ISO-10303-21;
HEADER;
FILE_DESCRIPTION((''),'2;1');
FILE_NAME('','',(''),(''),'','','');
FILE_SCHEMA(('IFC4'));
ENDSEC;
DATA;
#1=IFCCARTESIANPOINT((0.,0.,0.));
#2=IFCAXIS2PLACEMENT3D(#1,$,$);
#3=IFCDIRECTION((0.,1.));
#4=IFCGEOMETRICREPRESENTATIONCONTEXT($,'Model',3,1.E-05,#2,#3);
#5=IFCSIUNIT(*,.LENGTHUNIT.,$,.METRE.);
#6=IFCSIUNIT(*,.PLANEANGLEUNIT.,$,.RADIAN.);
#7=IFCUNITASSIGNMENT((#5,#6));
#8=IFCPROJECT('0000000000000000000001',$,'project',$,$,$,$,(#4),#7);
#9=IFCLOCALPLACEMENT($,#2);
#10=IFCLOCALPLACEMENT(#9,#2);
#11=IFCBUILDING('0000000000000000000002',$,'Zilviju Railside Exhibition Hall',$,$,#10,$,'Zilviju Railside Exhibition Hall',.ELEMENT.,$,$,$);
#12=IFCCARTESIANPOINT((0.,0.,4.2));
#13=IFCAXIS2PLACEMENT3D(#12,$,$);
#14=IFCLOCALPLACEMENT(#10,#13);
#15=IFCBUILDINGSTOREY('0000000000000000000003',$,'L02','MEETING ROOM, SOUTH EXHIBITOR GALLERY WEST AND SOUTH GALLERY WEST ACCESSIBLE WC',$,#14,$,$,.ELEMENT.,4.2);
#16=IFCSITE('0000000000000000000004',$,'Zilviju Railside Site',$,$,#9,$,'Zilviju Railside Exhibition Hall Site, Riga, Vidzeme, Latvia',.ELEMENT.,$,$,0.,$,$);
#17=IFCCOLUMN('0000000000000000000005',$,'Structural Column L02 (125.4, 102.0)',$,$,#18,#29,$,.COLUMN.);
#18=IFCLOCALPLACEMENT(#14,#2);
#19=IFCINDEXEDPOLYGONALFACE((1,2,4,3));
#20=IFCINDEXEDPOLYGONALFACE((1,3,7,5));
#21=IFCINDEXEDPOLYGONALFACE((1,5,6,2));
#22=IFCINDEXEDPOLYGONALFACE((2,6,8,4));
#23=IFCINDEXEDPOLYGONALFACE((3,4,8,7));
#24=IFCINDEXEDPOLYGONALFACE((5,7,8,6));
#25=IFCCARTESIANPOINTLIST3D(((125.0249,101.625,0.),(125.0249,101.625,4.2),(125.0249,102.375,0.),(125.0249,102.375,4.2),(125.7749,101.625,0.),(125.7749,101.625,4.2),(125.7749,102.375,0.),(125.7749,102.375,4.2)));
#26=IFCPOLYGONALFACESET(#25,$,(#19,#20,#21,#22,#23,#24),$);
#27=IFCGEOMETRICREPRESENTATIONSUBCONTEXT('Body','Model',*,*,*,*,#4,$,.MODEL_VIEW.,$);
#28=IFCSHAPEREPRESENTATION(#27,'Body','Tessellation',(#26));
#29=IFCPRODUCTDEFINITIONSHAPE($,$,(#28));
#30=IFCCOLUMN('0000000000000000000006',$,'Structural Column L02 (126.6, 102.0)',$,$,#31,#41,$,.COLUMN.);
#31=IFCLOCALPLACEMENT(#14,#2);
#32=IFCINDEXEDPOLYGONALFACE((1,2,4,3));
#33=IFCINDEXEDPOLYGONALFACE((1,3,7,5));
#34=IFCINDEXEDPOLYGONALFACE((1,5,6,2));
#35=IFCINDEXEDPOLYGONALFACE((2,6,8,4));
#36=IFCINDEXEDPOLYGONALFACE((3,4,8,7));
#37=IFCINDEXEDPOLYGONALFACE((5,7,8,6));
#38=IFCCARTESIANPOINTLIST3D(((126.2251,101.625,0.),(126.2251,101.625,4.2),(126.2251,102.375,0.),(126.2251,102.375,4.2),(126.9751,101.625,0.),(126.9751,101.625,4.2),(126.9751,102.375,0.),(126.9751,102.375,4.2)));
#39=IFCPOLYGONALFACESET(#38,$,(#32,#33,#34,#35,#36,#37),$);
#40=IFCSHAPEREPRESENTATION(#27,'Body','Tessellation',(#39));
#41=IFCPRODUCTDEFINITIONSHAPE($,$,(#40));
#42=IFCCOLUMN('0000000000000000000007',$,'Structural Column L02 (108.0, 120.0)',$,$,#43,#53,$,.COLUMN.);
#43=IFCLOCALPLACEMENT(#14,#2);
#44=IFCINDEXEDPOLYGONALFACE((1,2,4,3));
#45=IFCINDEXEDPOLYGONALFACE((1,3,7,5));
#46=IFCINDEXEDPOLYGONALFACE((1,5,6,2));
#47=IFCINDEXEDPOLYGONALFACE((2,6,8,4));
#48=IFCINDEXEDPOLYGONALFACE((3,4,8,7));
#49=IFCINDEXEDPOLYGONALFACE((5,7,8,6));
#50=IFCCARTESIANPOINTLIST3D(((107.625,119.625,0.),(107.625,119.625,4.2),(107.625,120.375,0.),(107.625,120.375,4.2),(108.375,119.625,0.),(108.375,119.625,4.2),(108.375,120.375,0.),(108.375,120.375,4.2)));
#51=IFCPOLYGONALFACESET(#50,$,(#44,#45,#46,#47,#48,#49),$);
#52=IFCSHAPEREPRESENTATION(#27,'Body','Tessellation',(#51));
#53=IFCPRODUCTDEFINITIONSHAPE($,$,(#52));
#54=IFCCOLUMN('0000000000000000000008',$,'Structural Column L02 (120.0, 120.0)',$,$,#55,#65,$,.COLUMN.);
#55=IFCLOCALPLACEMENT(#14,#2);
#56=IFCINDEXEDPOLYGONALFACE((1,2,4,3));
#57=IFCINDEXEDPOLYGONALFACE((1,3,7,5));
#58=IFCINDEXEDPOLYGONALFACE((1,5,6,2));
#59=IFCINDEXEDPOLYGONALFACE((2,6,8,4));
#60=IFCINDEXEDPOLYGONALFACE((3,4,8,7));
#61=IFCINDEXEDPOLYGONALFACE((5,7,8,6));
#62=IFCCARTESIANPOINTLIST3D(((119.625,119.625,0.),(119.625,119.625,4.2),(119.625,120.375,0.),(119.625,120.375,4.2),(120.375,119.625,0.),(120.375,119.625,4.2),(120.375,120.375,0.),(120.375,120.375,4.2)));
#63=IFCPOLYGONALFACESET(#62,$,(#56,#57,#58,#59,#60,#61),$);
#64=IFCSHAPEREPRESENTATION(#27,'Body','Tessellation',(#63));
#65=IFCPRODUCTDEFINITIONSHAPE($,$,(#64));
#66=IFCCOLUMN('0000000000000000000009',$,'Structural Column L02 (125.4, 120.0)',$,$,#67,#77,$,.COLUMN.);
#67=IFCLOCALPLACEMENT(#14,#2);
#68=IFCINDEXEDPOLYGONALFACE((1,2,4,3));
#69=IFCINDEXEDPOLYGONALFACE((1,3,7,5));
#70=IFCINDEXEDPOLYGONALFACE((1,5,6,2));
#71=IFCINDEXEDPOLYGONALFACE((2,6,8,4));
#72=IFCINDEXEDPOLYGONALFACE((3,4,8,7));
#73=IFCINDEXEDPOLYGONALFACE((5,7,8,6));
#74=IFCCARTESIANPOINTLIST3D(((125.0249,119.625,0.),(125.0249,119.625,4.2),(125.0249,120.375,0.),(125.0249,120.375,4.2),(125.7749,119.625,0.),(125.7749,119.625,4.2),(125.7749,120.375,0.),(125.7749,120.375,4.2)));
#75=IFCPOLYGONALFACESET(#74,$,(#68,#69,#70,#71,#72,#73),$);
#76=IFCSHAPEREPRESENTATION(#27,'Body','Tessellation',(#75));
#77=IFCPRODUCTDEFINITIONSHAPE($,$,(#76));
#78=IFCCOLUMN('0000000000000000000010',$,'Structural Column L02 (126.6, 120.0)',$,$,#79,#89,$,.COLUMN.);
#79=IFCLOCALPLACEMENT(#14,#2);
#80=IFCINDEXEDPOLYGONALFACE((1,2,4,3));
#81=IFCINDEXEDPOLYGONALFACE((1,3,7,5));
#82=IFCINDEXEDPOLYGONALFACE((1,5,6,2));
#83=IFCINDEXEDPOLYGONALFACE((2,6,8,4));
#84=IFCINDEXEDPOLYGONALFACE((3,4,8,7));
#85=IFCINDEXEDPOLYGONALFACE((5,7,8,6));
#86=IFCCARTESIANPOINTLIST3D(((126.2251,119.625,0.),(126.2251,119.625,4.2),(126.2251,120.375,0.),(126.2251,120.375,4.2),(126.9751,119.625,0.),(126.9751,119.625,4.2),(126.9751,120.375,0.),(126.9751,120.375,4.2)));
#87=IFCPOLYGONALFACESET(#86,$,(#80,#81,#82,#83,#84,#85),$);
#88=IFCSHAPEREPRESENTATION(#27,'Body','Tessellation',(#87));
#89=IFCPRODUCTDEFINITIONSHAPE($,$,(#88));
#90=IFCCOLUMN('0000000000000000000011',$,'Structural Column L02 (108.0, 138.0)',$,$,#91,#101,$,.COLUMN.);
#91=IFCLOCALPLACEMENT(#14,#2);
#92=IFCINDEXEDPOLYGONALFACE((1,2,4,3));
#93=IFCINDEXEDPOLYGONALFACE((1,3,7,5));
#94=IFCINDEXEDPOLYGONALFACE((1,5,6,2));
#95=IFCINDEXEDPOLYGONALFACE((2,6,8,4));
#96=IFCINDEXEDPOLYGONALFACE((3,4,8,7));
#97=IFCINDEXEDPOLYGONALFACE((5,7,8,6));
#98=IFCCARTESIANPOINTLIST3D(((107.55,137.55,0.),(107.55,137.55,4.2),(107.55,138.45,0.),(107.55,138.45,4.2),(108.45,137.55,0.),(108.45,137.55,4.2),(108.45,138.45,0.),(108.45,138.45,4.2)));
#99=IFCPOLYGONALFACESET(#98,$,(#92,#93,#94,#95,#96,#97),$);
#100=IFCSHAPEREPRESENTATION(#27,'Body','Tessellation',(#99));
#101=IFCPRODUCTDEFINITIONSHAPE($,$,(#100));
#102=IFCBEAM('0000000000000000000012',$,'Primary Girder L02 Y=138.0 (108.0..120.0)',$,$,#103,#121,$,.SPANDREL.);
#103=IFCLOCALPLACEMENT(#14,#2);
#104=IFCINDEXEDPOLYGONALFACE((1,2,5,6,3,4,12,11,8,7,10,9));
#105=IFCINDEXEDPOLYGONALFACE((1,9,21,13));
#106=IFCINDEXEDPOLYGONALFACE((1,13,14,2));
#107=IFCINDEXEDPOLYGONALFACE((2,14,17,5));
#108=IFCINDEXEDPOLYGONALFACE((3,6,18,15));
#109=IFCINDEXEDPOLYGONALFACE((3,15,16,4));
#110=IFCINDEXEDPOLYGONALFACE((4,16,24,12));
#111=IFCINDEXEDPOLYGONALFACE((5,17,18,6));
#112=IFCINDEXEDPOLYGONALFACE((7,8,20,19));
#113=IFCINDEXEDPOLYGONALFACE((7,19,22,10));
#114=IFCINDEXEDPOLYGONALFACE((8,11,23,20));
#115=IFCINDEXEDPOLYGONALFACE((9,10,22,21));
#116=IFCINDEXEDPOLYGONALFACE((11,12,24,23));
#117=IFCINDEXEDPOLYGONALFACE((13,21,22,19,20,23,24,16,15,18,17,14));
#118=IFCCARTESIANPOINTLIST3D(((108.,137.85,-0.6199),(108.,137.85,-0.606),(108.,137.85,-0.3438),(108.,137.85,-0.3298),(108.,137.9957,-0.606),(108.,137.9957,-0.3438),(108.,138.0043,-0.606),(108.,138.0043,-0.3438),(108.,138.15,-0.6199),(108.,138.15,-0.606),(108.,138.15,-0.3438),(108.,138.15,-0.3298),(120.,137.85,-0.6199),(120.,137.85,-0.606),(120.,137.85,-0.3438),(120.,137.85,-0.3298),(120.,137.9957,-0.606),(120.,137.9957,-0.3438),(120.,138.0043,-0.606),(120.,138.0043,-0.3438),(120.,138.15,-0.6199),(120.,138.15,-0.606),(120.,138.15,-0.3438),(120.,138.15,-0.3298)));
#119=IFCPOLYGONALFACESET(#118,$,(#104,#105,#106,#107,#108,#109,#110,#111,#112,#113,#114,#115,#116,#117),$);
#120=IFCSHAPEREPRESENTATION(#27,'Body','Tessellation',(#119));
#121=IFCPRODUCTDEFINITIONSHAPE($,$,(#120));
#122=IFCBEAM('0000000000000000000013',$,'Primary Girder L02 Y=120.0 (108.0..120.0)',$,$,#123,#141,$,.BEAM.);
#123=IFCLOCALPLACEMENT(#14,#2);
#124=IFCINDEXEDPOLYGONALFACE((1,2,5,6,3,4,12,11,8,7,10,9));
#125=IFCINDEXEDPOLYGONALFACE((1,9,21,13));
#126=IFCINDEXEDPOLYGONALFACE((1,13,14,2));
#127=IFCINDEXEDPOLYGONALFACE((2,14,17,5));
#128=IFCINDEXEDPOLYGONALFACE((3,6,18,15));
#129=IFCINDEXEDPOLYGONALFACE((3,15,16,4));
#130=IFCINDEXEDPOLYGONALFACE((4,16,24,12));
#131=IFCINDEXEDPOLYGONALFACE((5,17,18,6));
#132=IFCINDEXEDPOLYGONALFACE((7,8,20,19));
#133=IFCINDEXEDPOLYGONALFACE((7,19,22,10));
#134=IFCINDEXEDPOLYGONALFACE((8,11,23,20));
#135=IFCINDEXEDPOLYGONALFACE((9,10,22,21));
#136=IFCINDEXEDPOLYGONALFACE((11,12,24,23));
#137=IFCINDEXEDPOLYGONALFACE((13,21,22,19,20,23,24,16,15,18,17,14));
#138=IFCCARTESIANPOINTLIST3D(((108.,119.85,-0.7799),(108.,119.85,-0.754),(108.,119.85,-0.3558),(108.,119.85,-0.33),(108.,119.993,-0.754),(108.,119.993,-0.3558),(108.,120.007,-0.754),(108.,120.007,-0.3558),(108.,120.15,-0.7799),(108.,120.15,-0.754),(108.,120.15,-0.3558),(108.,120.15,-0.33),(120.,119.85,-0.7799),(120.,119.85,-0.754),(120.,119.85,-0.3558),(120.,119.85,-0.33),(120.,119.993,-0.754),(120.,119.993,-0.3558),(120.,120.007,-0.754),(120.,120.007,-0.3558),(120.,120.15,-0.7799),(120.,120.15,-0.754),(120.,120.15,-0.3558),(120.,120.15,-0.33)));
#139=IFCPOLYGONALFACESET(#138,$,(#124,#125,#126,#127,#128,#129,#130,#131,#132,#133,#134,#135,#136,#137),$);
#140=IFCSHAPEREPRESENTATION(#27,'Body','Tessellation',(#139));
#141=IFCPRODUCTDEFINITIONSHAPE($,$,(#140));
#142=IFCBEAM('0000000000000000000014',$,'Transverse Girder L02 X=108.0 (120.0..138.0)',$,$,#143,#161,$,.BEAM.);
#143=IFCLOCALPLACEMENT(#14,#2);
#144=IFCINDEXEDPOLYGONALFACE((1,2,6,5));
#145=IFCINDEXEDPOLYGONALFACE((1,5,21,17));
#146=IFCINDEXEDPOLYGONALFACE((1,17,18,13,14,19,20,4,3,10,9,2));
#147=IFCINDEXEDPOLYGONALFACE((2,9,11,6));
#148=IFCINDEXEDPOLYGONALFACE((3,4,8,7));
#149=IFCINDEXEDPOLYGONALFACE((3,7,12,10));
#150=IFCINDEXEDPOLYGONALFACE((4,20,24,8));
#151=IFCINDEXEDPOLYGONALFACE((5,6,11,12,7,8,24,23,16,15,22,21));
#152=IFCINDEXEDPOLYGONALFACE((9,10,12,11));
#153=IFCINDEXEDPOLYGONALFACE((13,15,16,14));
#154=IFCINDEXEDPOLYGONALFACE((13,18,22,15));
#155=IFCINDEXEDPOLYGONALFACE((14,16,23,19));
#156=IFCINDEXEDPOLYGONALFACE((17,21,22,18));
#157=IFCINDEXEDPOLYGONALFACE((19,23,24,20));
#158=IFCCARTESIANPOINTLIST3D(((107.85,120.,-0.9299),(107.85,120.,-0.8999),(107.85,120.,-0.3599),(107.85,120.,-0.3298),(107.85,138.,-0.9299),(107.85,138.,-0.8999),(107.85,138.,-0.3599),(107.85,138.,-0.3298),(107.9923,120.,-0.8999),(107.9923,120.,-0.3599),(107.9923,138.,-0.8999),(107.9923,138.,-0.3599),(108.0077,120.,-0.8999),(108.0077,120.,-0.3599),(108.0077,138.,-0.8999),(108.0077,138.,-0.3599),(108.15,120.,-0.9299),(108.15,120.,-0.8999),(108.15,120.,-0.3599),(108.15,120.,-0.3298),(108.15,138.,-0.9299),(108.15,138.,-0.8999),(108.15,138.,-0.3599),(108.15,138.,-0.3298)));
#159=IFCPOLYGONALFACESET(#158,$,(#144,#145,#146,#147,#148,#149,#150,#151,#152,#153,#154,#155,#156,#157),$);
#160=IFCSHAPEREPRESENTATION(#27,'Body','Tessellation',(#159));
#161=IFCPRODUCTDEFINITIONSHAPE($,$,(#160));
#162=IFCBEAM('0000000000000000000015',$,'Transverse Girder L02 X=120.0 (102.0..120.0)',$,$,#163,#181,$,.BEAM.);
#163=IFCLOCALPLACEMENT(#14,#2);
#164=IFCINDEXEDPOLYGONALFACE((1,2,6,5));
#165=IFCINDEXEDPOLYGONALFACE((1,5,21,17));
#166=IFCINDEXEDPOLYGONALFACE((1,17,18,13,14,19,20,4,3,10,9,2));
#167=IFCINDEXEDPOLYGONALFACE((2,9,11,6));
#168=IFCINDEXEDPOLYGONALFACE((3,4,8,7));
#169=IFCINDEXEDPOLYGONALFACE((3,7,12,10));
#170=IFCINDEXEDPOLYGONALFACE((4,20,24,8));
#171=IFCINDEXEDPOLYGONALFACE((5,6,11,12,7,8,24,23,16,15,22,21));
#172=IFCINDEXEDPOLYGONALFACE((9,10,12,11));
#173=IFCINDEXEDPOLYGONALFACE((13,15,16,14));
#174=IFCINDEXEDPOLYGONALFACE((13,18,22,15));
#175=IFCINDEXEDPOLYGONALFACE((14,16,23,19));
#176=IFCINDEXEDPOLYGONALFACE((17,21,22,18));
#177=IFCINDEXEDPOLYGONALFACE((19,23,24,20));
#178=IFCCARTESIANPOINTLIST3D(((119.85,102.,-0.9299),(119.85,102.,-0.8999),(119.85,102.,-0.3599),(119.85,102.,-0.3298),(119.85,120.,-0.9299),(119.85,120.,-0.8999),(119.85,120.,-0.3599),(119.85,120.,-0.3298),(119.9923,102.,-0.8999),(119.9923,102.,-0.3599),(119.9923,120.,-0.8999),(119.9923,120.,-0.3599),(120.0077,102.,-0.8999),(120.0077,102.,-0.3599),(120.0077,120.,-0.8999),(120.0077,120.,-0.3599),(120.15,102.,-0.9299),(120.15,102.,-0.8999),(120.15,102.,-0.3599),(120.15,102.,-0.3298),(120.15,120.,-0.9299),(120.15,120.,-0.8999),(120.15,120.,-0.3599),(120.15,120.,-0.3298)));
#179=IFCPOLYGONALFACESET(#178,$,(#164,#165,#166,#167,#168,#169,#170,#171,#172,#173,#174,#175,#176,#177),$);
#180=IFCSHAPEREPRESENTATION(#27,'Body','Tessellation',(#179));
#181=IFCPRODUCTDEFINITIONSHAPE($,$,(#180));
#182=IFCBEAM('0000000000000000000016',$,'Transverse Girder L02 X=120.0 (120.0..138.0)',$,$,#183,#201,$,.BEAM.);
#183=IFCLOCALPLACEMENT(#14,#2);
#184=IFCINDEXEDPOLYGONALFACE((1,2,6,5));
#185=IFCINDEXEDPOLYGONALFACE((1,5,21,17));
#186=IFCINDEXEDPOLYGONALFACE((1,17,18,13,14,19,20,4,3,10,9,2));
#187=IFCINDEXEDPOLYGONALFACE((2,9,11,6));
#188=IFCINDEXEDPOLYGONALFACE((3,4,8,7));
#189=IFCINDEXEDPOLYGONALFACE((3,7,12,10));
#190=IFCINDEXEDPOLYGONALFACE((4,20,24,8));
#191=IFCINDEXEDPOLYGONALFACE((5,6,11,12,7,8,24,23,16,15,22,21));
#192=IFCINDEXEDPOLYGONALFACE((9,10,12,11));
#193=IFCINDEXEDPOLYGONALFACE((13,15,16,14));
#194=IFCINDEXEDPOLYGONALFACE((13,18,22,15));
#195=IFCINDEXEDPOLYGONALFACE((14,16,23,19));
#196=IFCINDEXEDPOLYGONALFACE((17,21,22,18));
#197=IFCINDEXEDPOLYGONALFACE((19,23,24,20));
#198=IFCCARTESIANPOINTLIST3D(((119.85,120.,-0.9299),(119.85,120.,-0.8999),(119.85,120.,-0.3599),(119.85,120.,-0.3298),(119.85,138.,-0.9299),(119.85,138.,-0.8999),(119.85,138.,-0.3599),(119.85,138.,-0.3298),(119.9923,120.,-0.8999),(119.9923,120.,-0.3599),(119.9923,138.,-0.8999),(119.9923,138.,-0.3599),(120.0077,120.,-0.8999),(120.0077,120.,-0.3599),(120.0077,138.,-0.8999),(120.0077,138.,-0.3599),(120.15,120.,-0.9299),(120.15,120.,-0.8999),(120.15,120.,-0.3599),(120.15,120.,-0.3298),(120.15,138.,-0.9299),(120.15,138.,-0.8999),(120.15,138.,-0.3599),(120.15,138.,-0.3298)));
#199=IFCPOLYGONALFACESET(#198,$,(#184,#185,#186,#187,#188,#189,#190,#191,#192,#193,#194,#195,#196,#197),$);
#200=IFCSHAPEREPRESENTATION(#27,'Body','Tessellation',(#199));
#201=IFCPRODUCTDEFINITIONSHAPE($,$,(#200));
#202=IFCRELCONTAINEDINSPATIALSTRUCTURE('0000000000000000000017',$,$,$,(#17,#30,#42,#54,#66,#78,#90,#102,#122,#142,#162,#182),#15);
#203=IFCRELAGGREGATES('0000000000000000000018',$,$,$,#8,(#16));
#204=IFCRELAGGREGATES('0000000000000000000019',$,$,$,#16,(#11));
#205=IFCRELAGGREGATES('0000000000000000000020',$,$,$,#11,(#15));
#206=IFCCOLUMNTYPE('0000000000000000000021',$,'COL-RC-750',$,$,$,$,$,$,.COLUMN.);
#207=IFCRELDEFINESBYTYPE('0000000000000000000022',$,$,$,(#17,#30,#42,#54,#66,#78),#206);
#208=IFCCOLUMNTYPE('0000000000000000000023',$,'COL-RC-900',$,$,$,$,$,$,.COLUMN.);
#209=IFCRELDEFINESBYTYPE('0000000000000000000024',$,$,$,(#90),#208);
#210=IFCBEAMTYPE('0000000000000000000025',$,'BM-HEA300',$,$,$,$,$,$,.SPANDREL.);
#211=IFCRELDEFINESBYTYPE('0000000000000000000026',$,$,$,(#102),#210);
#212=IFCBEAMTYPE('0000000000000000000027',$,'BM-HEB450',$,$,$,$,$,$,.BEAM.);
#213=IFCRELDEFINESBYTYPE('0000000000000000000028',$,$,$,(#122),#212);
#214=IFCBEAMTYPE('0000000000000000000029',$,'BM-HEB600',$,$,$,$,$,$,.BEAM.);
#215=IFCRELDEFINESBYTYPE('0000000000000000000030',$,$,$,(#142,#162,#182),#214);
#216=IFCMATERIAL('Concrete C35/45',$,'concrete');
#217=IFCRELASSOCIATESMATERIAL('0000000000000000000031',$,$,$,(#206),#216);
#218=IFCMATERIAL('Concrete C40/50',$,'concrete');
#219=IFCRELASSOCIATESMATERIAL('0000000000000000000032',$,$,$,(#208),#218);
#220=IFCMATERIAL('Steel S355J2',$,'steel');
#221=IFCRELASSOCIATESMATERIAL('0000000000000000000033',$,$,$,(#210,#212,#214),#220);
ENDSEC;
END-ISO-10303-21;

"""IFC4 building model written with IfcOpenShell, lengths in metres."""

from ifc_helpers import new_model, si_unit, direction, frame, origin, origin_2d, place, context, subcontext, project, spatial, rectangle, i_section, extrude, material, material_profile, profile_set, type_object, element, save


model = new_model("IFC4")

# Units and contexts
model_context = context("Model", 3, precision=1e-05, world=origin(), true_north=direction((0.0, 1.0)))
body_context = subcontext(model_context, "Body", "Model", "MODEL_VIEW")
ifc_project = project(units=[si_unit("LENGTHUNIT", "METRE"), si_unit("PLANEANGLEUNIT", "RADIAN")], contexts=[model_context])

# Site, building, storey
site_placement = place(None, origin())
site = spatial("IfcSite", under=ifc_project, at=site_placement, Name="Zilviju Railside Site", LongName="Zilviju Railside Exhibition Hall Site, Riga, Vidzeme, Latvia", CompositionType="ELEMENT", RefElevation=0.0)
building_placement = place(site_placement, origin())
building = spatial("IfcBuilding", under=site, at=building_placement, Name="Zilviju Railside Exhibition Hall", LongName="Zilviju Railside Exhibition Hall", CompositionType="ELEMENT")
storey_placement = place(building_placement, frame((0.0, 0.0, 4.2)))
storey = spatial("IfcBuildingStorey", under=building, at=storey_placement, Name="L02", Description="MEETING ROOM, SOUTH EXHIBITOR GALLERY WEST AND SOUTH GALLERY WEST ACCESSIBLE WC", CompositionType="ELEMENT", Elevation=4.2)

# Columns
ifc_material_1 = material(Name="Concrete C35/45", Category="concrete")
ifc_material_profile_1 = material_profile(ifc_material_1, rectangle(XDim=0.75, YDim=0.75, at=origin_2d()), Name="RC COL 750x750")
ifc_profile_set_1 = profile_set([ifc_material_profile_1], Name="Concrete C35/45")
column_type_1 = type_object("IfcColumnType", Name="COL-RC-750", PredefinedType="COLUMN", material=ifc_profile_set_1)
for number, where, z_axis, x_axis, name in (
    (1, (125.3999, 102.0, 0.0), (0.0, 0.0, 1.0), (1.0, 0.0, 0.0), "Structural Column L02 (125.4, 102.0)"),
    (2, (126.6001, 102.0, 0.0), (0.0, 0.0, 1.0), (1.0, 0.0, 0.0), "Structural Column L02 (126.6, 102.0)"),
    (3, (108.0, 120.0, 0.0), (0.0, 0.0, 1.0), (1.0, 0.0, 0.0), "Structural Column L02 (108.0, 120.0)"),
    (4, (120.0, 120.0, 0.0), (0.0, 0.0, 1.0), (1.0, 0.0, 0.0), "Structural Column L02 (120.0, 120.0)"),
    (5, (125.3999, 120.0, 0.0), (0.0, 0.0, 1.0), (1.0, 0.0, 0.0), "Structural Column L02 (125.4, 120.0)"),
    (6, (126.6001, 120.0, 0.0), (0.0, 0.0, 1.0), (1.0, 0.0, 0.0), "Structural Column L02 (126.6, 120.0)"),
):
    element("IfcColumn", number, at=place(storey_placement, frame(where, z_axis=z_axis, x_axis=x_axis)), inside=storey, type_object=column_type_1, Name=name, PredefinedType="COLUMN", context=body_context, shape_type="SweptSolid", body=[
        extrude(rectangle(XDim=0.75, YDim=0.75, at=origin_2d()), origin(), (0.0, 0.0, 1.0), 4.2),
    ])
ifc_material_2 = material(Name="Concrete C40/50", Category="concrete")
ifc_material_profile_2 = material_profile(ifc_material_2, rectangle(XDim=0.8999, YDim=0.8999, at=origin_2d()), Name="RC COL 900x900")
ifc_profile_set_2 = profile_set([ifc_material_profile_2], Name="Concrete C40/50")
column_type_2 = type_object("IfcColumnType", Name="COL-RC-900", PredefinedType="COLUMN", material=ifc_profile_set_2)
column_placement = place(storey_placement, frame((108.0, 138.0, 0.0), z_axis=(0.0, 0.0, 1.0), x_axis=(1.0, 0.0, 0.0)))
element("IfcColumn", 7, at=column_placement, inside=storey, type_object=column_type_2, Name="Structural Column L02 (108.0, 138.0)", PredefinedType="COLUMN", context=body_context, shape_type="SweptSolid", body=[
    extrude(rectangle(XDim=0.8999, YDim=0.8999, at=origin_2d()), origin(), (0.0, 0.0, 1.0), 4.2),
])

# Beams
ifc_material_3 = material(Name="Steel S355J2", Category="steel")
ifc_material_profile_3 = material_profile(ifc_material_3, i_section(OverallWidth=0.3, OverallDepth=0.29, WebThickness=0.0085, FlangeThickness=0.0139, at=origin_2d()), Name="HEA 300")
ifc_profile_set_3 = profile_set([ifc_material_profile_3], Name="Steel S355J2")
beam_type_1 = type_object("IfcBeamType", Name="BM-HEA300", PredefinedType="SPANDREL", material=ifc_profile_set_3)
beam_1_placement = place(storey_placement, frame((108.0, 138.0, -0.4749), z_axis=(1.0, 0.0, 0.0), x_axis=(0.0, 1.0, 0.0)))
element("IfcBeam", 8, at=beam_1_placement, inside=storey, type_object=beam_type_1, Name="Primary Girder L02 Y=138.0 (108.0..120.0)", PredefinedType="SPANDREL", context=body_context, shape_type="SweptSolid", body=[
    extrude(i_section(OverallWidth=0.3, OverallDepth=0.29, WebThickness=0.0085, FlangeThickness=0.0139, at=origin_2d()), origin(), (0.0, 0.0, 1.0), 12.0),
])
ifc_material_profile_4 = material_profile(ifc_material_3, i_section(OverallWidth=0.3, OverallDepth=0.45, WebThickness=0.0139, FlangeThickness=0.0259, at=origin_2d()), Name="HEB 450")
ifc_profile_set_4 = profile_set([ifc_material_profile_4], Name="Steel S355J2")
beam_type_2 = type_object("IfcBeamType", Name="BM-HEB450", PredefinedType="BEAM", material=ifc_profile_set_4)
beam_2_placement = place(storey_placement, frame((108.0, 120.0, -0.5549), z_axis=(1.0, 0.0, 0.0), x_axis=(0.0, 1.0, 0.0)))
element("IfcBeam", 9, at=beam_2_placement, inside=storey, type_object=beam_type_2, Name="Primary Girder L02 Y=120.0 (108.0..120.0)", PredefinedType="BEAM", context=body_context, shape_type="SweptSolid", body=[
    extrude(i_section(OverallWidth=0.3, OverallDepth=0.45, WebThickness=0.0139, FlangeThickness=0.0259, at=origin_2d()), origin(), (0.0, 0.0, 1.0), 12.0),
])
ifc_material_profile_5 = material_profile(ifc_material_3, i_section(OverallWidth=0.3, OverallDepth=0.6001, WebThickness=0.0154, FlangeThickness=0.03, at=origin_2d()), Name="HEB 600")
ifc_profile_set_5 = profile_set([ifc_material_profile_5], Name="Steel S355J2")
beam_type_3 = type_object("IfcBeamType", Name="BM-HEB600", PredefinedType="BEAM", material=ifc_profile_set_5)
for number, where, z_axis, x_axis, name in (
    (10, (108.0, 120.0, -0.6299), (0.0, 1.0, 0.0), (-1.0, 0.0, 0.0), "Transverse Girder L02 X=108.0 (120.0..138.0)"),
    (11, (120.0, 102.0, -0.6299), (0.0, 1.0, 0.0), (-1.0, 0.0, 0.0), "Transverse Girder L02 X=120.0 (102.0..120.0)"),
    (12, (120.0, 120.0, -0.6299), (0.0, 1.0, 0.0), (-1.0, 0.0, 0.0), "Transverse Girder L02 X=120.0 (120.0..138.0)"),
):
    element("IfcBeam", number, at=place(storey_placement, frame(where, z_axis=z_axis, x_axis=x_axis)), inside=storey, type_object=beam_type_3, Name=name, PredefinedType="BEAM", context=body_context, shape_type="SweptSolid", body=[
        extrude(i_section(OverallWidth=0.3, OverallDepth=0.6001, WebThickness=0.0154, FlangeThickness=0.03, at=origin_2d()), origin(), (0.0, 0.0, 1.0), 18.0),
    ])

save(model, "model.ifc")
